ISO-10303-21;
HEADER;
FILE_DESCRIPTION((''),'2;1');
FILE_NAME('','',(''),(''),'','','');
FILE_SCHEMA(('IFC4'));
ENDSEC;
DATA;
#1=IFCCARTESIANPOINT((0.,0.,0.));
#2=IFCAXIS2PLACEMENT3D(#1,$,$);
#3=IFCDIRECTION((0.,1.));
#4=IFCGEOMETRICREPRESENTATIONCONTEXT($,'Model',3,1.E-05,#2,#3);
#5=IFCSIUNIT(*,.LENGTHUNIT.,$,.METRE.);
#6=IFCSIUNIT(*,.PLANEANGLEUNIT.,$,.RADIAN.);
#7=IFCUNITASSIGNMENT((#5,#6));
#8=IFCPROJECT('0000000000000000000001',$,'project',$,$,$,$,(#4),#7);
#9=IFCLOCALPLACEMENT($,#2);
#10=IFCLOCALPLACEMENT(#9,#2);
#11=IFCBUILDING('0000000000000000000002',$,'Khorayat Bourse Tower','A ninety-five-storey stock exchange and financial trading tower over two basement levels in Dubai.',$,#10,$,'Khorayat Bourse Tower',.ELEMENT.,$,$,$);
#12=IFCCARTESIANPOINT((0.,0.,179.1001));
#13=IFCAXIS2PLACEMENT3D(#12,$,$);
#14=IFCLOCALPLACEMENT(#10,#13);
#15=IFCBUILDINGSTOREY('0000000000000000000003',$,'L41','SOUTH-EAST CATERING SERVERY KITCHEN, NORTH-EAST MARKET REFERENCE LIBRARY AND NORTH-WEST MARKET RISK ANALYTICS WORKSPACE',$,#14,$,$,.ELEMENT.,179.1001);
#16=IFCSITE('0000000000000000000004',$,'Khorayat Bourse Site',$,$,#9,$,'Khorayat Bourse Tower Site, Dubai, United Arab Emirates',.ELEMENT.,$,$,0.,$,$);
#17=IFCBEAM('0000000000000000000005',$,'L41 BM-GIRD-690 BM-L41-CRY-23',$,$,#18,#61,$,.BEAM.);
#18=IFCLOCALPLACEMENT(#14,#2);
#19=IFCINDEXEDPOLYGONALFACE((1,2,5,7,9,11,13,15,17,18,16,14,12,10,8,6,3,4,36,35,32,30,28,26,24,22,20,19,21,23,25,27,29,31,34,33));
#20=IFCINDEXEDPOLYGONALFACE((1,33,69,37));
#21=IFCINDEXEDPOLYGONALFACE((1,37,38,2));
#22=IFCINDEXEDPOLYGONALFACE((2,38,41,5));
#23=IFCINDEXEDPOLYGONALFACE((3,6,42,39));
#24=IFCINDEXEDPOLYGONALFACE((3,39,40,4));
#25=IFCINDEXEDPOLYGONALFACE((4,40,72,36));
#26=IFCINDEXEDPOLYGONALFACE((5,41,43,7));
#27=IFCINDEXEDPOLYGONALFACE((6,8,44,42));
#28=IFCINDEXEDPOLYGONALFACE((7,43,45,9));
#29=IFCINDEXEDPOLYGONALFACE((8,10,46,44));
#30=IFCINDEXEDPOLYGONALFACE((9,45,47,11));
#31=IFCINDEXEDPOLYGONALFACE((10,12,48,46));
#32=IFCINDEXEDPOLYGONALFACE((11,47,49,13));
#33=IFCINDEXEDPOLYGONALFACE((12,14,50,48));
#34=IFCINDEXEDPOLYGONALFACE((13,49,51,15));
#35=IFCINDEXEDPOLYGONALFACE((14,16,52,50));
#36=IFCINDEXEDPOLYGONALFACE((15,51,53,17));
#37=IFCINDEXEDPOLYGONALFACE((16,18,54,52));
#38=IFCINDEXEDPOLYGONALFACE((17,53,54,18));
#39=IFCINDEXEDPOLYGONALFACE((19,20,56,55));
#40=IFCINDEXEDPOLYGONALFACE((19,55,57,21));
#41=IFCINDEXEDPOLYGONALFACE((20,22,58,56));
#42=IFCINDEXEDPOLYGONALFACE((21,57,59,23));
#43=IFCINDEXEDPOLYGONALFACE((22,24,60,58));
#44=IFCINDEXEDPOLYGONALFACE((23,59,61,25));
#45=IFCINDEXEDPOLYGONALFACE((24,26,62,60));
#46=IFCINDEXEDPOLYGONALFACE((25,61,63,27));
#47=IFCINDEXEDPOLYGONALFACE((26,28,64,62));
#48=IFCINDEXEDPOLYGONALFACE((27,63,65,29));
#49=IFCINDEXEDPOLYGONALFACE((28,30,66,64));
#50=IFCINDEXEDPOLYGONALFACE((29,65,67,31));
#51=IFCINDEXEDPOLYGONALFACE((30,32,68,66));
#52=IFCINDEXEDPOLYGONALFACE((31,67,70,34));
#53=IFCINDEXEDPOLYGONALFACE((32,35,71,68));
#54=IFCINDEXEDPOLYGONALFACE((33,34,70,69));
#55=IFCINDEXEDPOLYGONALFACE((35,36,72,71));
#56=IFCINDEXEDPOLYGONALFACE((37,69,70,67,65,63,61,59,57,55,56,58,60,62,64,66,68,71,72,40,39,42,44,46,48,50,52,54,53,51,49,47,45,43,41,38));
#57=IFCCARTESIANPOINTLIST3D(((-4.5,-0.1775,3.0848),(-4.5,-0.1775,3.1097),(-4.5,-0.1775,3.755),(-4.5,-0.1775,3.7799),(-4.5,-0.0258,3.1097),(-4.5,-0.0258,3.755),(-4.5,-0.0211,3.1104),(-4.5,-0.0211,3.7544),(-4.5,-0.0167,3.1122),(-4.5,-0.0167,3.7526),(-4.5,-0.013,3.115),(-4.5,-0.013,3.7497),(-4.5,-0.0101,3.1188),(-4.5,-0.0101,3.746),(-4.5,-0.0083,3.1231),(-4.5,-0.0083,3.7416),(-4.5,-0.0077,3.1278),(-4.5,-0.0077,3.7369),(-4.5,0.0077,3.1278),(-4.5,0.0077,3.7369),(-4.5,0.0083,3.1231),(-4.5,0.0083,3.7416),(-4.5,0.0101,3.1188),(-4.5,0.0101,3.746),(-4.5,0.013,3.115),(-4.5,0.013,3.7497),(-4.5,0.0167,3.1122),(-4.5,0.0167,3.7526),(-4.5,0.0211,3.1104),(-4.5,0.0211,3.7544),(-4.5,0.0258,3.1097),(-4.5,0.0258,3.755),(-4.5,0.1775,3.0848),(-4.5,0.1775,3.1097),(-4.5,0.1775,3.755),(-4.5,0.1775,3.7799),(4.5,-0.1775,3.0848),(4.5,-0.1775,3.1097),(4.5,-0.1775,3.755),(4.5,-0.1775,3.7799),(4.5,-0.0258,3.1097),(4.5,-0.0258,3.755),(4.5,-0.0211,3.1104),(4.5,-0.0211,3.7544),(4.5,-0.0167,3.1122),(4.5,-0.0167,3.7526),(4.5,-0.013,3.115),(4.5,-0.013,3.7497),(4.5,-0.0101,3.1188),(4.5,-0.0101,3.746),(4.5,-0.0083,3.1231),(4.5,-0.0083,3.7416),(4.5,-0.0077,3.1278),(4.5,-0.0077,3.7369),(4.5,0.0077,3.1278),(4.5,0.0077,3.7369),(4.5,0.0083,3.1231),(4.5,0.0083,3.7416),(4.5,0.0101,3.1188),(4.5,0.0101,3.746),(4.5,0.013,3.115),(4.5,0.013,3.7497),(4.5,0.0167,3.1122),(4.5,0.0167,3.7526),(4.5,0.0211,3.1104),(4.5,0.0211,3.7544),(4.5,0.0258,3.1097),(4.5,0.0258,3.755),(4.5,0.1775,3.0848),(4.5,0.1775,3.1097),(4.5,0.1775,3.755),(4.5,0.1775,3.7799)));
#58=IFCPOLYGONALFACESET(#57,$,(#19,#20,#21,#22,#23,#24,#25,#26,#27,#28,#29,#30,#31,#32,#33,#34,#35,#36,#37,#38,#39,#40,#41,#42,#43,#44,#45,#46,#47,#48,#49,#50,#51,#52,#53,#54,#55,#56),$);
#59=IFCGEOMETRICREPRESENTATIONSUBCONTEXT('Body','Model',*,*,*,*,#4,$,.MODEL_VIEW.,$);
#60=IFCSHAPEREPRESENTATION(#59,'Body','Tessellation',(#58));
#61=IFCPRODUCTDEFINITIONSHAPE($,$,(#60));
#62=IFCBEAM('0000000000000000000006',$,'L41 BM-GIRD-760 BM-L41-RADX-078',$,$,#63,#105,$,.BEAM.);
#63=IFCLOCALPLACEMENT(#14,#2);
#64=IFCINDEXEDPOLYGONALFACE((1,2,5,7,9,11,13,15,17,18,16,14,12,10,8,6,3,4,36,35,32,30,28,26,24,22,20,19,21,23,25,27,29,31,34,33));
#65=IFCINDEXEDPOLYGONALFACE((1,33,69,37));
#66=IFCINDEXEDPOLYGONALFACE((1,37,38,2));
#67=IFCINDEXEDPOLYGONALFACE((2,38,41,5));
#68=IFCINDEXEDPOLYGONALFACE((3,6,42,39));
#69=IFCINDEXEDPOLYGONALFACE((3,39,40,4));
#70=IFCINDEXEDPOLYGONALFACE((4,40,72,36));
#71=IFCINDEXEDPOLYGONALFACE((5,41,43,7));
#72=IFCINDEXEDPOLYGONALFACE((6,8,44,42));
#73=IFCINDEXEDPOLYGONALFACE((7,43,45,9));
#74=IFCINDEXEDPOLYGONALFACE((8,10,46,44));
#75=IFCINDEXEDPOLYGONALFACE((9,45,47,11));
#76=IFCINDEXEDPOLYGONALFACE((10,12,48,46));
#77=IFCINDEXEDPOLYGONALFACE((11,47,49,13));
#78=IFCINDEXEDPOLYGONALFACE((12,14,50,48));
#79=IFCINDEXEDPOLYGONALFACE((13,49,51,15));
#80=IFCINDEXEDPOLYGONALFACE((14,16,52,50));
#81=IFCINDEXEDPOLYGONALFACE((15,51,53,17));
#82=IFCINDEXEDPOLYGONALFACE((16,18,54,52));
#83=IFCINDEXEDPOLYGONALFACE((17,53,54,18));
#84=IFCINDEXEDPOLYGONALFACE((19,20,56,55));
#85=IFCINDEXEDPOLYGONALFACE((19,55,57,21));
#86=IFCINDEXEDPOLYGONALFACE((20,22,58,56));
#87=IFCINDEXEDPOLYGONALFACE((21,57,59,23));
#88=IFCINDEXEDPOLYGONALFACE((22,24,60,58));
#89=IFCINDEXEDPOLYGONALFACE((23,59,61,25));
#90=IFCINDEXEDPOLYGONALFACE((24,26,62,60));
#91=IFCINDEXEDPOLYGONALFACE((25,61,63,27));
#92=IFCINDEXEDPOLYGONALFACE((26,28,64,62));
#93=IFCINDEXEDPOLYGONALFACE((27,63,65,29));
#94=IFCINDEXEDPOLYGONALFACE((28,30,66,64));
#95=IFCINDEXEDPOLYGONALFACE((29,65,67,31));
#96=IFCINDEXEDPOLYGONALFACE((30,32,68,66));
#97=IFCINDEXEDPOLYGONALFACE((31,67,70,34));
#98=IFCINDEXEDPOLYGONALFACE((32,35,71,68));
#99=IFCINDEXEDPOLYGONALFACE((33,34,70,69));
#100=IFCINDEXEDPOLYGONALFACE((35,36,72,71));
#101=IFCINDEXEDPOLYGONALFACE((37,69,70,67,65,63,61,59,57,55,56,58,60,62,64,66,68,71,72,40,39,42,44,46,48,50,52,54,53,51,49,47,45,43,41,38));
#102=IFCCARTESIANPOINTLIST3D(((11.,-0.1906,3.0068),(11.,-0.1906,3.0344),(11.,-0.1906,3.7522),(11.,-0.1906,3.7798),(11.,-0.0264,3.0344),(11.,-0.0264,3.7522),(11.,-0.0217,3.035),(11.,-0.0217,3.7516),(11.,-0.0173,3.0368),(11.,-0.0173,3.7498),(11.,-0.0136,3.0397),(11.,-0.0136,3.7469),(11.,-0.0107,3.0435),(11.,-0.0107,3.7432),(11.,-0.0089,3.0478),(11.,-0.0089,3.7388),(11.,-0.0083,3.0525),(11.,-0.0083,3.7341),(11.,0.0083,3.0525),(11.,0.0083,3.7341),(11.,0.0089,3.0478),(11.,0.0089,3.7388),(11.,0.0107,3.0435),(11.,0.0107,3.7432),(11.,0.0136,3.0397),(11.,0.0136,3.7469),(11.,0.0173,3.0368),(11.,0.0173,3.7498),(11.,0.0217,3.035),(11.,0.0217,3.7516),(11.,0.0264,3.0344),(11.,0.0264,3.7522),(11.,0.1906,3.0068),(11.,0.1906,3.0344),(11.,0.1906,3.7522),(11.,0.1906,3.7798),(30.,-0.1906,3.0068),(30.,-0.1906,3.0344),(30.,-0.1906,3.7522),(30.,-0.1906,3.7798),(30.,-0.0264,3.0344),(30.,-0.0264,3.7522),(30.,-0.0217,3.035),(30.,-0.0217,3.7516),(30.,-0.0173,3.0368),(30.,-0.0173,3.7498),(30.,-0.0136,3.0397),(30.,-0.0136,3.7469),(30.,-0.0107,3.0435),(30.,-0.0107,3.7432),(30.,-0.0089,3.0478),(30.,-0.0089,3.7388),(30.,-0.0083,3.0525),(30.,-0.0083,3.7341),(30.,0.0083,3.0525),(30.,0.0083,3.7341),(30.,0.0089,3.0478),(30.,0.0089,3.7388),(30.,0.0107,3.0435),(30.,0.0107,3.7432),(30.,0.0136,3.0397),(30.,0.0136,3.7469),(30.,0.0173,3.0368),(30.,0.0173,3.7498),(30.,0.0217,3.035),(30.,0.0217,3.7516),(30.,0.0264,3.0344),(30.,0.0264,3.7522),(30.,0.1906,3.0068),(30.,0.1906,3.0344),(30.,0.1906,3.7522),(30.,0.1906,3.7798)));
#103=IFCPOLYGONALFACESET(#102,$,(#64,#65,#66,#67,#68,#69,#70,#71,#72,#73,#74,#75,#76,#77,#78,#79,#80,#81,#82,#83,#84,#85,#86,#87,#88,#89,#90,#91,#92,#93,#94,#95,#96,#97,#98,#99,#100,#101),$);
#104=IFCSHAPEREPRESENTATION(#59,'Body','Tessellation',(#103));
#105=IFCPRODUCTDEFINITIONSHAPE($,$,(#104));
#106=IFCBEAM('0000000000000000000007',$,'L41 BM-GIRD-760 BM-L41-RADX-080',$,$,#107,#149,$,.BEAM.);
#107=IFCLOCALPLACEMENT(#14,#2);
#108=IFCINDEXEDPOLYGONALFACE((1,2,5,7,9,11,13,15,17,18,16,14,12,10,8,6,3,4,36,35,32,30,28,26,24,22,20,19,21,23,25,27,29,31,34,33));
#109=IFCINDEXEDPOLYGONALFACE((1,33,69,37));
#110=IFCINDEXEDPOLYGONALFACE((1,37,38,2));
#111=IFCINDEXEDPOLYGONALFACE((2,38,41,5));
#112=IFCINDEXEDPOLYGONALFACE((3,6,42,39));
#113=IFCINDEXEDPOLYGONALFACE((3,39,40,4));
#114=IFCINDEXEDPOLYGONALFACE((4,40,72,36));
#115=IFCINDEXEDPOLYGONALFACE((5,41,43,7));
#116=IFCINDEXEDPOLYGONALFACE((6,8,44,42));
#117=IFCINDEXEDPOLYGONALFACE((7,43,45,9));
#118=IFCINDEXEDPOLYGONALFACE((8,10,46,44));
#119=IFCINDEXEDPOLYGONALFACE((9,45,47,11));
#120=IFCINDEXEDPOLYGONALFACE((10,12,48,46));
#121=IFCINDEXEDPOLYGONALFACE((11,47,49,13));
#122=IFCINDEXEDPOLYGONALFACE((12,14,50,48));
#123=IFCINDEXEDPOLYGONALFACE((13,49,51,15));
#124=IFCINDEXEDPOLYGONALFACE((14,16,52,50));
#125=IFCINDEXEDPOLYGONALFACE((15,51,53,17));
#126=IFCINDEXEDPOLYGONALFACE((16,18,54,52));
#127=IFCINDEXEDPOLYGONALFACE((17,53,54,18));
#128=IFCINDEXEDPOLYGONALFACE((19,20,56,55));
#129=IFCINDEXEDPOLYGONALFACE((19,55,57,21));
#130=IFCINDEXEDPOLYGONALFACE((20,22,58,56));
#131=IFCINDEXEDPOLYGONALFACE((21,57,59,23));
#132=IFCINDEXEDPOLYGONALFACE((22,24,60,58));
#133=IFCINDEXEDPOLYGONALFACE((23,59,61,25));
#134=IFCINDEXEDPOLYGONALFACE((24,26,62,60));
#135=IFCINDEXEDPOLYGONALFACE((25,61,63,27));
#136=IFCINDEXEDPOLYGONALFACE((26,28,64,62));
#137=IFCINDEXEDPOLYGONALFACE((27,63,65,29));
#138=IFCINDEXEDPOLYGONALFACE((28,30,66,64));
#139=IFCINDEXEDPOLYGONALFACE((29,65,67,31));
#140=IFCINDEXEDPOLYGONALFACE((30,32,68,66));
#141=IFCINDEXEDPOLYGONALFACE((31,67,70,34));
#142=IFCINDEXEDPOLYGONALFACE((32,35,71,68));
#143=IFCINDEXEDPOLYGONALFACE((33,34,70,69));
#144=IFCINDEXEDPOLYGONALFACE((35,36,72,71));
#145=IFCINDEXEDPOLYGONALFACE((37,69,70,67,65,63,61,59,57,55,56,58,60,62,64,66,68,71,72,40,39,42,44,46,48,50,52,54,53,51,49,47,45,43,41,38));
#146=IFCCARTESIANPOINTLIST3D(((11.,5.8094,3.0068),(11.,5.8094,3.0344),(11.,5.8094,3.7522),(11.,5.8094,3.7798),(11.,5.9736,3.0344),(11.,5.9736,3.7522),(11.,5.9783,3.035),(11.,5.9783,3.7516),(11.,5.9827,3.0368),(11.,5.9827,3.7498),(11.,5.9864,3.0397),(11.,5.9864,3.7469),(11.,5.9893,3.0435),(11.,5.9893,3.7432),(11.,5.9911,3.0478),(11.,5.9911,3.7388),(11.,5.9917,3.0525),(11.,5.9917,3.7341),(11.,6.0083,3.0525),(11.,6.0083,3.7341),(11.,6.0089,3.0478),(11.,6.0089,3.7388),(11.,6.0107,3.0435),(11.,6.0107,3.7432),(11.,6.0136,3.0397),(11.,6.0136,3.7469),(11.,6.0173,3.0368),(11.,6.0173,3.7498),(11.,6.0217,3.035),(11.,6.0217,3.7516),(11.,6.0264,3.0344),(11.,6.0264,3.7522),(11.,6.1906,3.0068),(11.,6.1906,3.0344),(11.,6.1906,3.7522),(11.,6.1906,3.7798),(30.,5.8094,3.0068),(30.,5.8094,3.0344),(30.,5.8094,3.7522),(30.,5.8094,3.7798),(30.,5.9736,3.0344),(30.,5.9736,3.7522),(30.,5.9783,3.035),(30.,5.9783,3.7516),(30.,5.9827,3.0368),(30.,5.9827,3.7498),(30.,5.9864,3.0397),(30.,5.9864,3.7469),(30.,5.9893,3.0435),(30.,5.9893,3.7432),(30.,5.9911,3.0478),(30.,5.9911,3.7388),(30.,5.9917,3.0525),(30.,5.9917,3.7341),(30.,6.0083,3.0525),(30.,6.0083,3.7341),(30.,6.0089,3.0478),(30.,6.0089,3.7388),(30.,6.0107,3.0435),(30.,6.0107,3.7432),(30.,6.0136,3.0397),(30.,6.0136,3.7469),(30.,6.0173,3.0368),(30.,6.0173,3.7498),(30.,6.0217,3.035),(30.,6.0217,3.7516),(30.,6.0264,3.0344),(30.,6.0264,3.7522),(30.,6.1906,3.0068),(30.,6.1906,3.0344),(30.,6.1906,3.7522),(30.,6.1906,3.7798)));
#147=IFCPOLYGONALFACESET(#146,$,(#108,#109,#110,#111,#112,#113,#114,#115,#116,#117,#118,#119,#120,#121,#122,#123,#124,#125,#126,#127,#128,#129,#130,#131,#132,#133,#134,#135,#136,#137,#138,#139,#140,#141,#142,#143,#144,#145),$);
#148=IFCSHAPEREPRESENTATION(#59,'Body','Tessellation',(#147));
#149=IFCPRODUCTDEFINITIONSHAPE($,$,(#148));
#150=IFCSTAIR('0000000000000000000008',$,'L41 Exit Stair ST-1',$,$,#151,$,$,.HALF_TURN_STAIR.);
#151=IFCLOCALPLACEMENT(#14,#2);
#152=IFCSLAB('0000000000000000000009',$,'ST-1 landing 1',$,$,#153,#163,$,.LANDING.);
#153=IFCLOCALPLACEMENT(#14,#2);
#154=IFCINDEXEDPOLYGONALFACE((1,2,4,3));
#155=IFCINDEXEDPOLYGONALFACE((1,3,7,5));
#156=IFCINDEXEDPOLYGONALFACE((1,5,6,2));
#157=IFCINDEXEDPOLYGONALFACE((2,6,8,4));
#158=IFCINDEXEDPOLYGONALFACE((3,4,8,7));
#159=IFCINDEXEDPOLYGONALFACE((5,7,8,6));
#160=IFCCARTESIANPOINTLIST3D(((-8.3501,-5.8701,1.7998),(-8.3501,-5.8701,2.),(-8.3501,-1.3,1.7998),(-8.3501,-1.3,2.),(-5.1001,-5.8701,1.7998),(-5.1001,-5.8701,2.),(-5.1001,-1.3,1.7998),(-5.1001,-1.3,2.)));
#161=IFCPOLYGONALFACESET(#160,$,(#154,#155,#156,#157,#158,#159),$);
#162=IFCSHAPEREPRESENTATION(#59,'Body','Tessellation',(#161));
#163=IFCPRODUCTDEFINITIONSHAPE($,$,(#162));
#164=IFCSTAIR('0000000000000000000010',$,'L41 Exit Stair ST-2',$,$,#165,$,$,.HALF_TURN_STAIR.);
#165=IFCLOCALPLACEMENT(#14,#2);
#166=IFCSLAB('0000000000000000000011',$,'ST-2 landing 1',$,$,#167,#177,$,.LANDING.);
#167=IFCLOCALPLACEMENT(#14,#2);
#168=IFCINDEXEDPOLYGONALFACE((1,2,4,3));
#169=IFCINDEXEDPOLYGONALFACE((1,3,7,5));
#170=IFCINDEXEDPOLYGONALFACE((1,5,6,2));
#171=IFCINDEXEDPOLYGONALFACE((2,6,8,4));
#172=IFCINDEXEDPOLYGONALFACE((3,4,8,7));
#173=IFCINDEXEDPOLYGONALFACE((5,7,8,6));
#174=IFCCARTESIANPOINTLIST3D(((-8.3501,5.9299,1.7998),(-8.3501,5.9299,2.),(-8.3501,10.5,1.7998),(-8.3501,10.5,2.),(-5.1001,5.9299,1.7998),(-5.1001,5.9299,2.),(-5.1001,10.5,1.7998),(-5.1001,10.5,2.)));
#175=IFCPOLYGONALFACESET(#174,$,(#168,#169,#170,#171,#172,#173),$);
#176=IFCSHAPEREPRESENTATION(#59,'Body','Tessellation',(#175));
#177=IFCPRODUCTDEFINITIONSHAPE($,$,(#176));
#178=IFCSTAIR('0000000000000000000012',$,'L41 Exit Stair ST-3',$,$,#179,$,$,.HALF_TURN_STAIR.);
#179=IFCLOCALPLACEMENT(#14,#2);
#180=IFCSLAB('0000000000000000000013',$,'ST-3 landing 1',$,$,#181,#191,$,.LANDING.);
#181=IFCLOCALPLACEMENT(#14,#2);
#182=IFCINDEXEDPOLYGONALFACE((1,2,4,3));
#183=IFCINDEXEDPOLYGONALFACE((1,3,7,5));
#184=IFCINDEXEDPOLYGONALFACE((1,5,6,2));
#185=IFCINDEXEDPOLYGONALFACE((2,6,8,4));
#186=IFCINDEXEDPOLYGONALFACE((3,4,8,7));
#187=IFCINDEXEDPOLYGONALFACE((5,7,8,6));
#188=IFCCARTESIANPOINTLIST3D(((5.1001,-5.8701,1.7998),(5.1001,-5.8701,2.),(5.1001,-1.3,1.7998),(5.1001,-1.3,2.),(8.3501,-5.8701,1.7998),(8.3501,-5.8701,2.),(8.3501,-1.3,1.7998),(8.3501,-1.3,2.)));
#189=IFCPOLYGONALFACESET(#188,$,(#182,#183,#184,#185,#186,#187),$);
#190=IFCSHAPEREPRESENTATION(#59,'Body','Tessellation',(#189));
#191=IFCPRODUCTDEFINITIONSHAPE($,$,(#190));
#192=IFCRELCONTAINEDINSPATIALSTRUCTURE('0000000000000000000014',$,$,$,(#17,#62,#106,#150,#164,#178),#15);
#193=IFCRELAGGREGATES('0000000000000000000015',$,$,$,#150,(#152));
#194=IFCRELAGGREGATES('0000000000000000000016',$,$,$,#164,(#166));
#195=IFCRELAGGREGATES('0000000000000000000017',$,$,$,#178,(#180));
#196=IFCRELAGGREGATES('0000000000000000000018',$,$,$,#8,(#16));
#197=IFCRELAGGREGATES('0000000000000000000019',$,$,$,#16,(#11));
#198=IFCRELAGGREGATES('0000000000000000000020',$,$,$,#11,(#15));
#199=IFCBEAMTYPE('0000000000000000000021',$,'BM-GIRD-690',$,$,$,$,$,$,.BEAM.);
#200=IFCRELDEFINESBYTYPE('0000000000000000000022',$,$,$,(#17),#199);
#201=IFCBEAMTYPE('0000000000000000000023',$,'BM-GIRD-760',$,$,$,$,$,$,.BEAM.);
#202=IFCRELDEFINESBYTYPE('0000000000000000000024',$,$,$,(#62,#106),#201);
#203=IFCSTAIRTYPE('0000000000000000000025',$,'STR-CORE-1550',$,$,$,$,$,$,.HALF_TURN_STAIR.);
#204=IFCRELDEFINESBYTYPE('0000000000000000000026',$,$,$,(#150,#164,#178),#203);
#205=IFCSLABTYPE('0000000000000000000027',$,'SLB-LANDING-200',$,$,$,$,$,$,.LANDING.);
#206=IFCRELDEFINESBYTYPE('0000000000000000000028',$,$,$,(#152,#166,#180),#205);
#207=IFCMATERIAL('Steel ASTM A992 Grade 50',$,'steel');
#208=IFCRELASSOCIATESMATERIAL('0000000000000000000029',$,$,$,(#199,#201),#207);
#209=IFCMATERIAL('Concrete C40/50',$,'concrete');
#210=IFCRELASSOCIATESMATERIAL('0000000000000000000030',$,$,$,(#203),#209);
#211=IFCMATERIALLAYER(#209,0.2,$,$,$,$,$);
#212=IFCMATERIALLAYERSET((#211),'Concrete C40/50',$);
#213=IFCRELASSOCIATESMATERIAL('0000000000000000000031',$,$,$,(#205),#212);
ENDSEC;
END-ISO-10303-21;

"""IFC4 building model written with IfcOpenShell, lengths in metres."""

from ifc_helpers import new_model, si_unit, direction, frame, origin, origin_2d, place, context, subcontext, project, spatial, polyline, i_section, outline, extrude, source, transform, mapped, material, layer, layer_set, material_profile, profile_set, type_object, element, aggregate, save


model = new_model("IFC4")

# Units and contexts
model_context = context("Model", 3, precision=1e-05, world=origin(), true_north=direction((0.0, 1.0)))
body_context = subcontext(model_context, "Body", "Model", "MODEL_VIEW")
ifc_project = project(units=[si_unit("LENGTHUNIT", "METRE"), si_unit("PLANEANGLEUNIT", "RADIAN")], contexts=[model_context])

# Site, building, storey
site_placement = place(None, origin())
site = spatial("IfcSite", under=ifc_project, at=site_placement, Name="Khorayat Bourse Site", LongName="Khorayat Bourse Tower Site, Dubai, United Arab Emirates", CompositionType="ELEMENT", RefElevation=0.0)
building_placement = place(site_placement, origin())
building = spatial("IfcBuilding", under=site, at=building_placement, Name="Khorayat Bourse Tower", Description="A ninety-five-storey stock exchange and financial trading tower over two basement levels in Dubai.", LongName="Khorayat Bourse Tower", CompositionType="ELEMENT")
storey_placement = place(building_placement, frame((0.0, 0.0, 179.1001)))
storey = spatial("IfcBuildingStorey", under=building, at=storey_placement, Name="L41", Description="SOUTH-EAST CATERING SERVERY KITCHEN, NORTH-EAST MARKET REFERENCE LIBRARY AND NORTH-WEST MARKET RISK ANALYTICS WORKSPACE", CompositionType="ELEMENT", Elevation=179.1001)

# Beams
ifc_material_1 = material(Name="Steel ASTM A992 Grade 50", Category="steel")
ifc_material_profile_1 = material_profile(ifc_material_1, i_section(OverallWidth=0.355, OverallDepth=0.6951, WebThickness=0.0154, FlangeThickness=0.0249, FilletRadius=0.0181, at=origin_2d()), Name="W690X217")
ifc_profile_set_1 = profile_set([ifc_material_profile_1], Name="Steel ASTM A992 Grade 50")
beam_type_1 = type_object("IfcBeamType", Name="BM-GIRD-690", PredefinedType="BEAM", material=ifc_profile_set_1)
shared_shape_1 = source(origin(), body_context, "Body", "SweptSolid", [
    extrude(i_section(OverallWidth=0.355, OverallDepth=0.6951, WebThickness=0.0154, FlangeThickness=0.0249, FilletRadius=0.0181, at=origin_2d()), origin(), (0.0, 0.0, 1.0), 9.0),
])
beam_1_placement = place(storey_placement, frame((-4.5, 0.0, 3.4324), z_axis=(1.0, 0.0, 0.0), x_axis=(0.0, 1.0, 0.0)))
element("IfcBeam", 1, at=beam_1_placement, inside=storey, type_object=beam_type_1, Name="L41 BM-GIRD-690 BM-L41-CRY-23", PredefinedType="BEAM", context=body_context, shape_type="MappedRepresentation", body=[
    mapped(shared_shape_1, transform((0.0, 0.0, 0.0), scale=1.0)),
])
ifc_material_profile_2 = material_profile(ifc_material_1, i_section(OverallWidth=0.3811, OverallDepth=0.7729, WebThickness=0.0166, FlangeThickness=0.0276, FilletRadius=0.0181, at=origin_2d()), Name="W760X257")
ifc_profile_set_2 = profile_set([ifc_material_profile_2], Name="Steel ASTM A992 Grade 50")
beam_type_2 = type_object("IfcBeamType", Name="BM-GIRD-760", PredefinedType="BEAM", material=ifc_profile_set_2)
shared_shape_2 = source(origin(), body_context, "Body", "SweptSolid", [
    extrude(i_section(OverallWidth=0.3811, OverallDepth=0.7729, WebThickness=0.0166, FlangeThickness=0.0276, FilletRadius=0.0181, at=origin_2d()), origin(), (0.0, 0.0, 1.0), 19.0),
])
for number, where, z_axis, x_axis, name in (
    (2, (11.0, 0.0, 3.3933), (1.0, 0.0, 0.0), (0.0, 1.0, 0.0), "L41 BM-GIRD-760 BM-L41-RADX-078"),
    (3, (11.0, 6.0, 3.3933), (1.0, 0.0, 0.0), (0.0, 1.0, 0.0), "L41 BM-GIRD-760 BM-L41-RADX-080"),
):
    element("IfcBeam", number, at=place(storey_placement, frame(where, z_axis=z_axis, x_axis=x_axis)), inside=storey, type_object=beam_type_2, Name=name, PredefinedType="BEAM", context=body_context, shape_type="MappedRepresentation", body=[
        mapped(shared_shape_2, transform((0.0, 0.0, 0.0), scale=1.0)),
    ])

# Stairs, slabs
ifc_material_2 = material(Name="Concrete C40/50", Category="concrete")
stair_type = type_object("IfcStairType", Name="STR-CORE-1550", PredefinedType="HALF_TURN_STAIR", material=ifc_material_2)
stair_1_placement = place(storey_placement, origin())
stair_1 = element("IfcStair", 4, at=stair_1_placement, inside=storey, type_object=stair_type, Name="L41 Exit Stair ST-1", PredefinedType="HALF_TURN_STAIR")
ifc_layer_1 = layer(ifc_material_2, 0.2)
ifc_layer_set_1 = layer_set([ifc_layer_1], Name="Concrete C40/50")
slab_type_1 = type_object("IfcSlabType", Name="SLB-LANDING-200", PredefinedType="LANDING", material=ifc_layer_set_1)
slab_1_placement = place(storey_placement, frame((0.0, 0.0, 1.7998)))
slab_1 = element("IfcSlab", 5, at=slab_1_placement, type_object=slab_type_1, Name="ST-1 landing 1", PredefinedType="LANDING", context=body_context, shape_type="SweptSolid", body=[
    extrude(outline(polyline([(-5.1001, -5.8701), (-5.1001, -1.3), (-8.3501, -1.3), (-8.3501, -5.8701), (-5.1001, -5.8701)])), origin(), (0.0, 0.0, 1.0), 0.2002),
])
aggregate(stair_1, [slab_1])
stair_2_placement = place(storey_placement, origin())
stair_2 = element("IfcStair", 6, at=stair_2_placement, inside=storey, type_object=stair_type, Name="L41 Exit Stair ST-2", PredefinedType="HALF_TURN_STAIR")
slab_2_placement = place(storey_placement, frame((0.0, 0.0, 1.7998)))
slab_2 = element("IfcSlab", 7, at=slab_2_placement, type_object=slab_type_1, Name="ST-2 landing 1", PredefinedType="LANDING", context=body_context, shape_type="SweptSolid", body=[
    extrude(outline(polyline([(-5.1001, 5.9299), (-5.1001, 10.5), (-8.3501, 10.5), (-8.3501, 5.9299), (-5.1001, 5.9299)])), origin(), (0.0, 0.0, 1.0), 0.2002),
])
aggregate(stair_2, [slab_2])
stair_3_placement = place(storey_placement, origin())
stair_3 = element("IfcStair", 8, at=stair_3_placement, inside=storey, type_object=stair_type, Name="L41 Exit Stair ST-3", PredefinedType="HALF_TURN_STAIR")
slab_3_placement = place(storey_placement, frame((0.0, 0.0, 1.7998)))
slab_3 = element("IfcSlab", 9, at=slab_3_placement, type_object=slab_type_1, Name="ST-3 landing 1", PredefinedType="LANDING", context=body_context, shape_type="SweptSolid", body=[
    extrude(outline(polyline([(8.3501, -5.8701), (8.3501, -1.3), (5.1001, -1.3), (5.1001, -5.8701), (8.3501, -5.8701)])), origin(), (0.0, 0.0, 1.0), 0.2002),
])
aggregate(stair_3, [slab_3])

save(model, "model.ifc")
